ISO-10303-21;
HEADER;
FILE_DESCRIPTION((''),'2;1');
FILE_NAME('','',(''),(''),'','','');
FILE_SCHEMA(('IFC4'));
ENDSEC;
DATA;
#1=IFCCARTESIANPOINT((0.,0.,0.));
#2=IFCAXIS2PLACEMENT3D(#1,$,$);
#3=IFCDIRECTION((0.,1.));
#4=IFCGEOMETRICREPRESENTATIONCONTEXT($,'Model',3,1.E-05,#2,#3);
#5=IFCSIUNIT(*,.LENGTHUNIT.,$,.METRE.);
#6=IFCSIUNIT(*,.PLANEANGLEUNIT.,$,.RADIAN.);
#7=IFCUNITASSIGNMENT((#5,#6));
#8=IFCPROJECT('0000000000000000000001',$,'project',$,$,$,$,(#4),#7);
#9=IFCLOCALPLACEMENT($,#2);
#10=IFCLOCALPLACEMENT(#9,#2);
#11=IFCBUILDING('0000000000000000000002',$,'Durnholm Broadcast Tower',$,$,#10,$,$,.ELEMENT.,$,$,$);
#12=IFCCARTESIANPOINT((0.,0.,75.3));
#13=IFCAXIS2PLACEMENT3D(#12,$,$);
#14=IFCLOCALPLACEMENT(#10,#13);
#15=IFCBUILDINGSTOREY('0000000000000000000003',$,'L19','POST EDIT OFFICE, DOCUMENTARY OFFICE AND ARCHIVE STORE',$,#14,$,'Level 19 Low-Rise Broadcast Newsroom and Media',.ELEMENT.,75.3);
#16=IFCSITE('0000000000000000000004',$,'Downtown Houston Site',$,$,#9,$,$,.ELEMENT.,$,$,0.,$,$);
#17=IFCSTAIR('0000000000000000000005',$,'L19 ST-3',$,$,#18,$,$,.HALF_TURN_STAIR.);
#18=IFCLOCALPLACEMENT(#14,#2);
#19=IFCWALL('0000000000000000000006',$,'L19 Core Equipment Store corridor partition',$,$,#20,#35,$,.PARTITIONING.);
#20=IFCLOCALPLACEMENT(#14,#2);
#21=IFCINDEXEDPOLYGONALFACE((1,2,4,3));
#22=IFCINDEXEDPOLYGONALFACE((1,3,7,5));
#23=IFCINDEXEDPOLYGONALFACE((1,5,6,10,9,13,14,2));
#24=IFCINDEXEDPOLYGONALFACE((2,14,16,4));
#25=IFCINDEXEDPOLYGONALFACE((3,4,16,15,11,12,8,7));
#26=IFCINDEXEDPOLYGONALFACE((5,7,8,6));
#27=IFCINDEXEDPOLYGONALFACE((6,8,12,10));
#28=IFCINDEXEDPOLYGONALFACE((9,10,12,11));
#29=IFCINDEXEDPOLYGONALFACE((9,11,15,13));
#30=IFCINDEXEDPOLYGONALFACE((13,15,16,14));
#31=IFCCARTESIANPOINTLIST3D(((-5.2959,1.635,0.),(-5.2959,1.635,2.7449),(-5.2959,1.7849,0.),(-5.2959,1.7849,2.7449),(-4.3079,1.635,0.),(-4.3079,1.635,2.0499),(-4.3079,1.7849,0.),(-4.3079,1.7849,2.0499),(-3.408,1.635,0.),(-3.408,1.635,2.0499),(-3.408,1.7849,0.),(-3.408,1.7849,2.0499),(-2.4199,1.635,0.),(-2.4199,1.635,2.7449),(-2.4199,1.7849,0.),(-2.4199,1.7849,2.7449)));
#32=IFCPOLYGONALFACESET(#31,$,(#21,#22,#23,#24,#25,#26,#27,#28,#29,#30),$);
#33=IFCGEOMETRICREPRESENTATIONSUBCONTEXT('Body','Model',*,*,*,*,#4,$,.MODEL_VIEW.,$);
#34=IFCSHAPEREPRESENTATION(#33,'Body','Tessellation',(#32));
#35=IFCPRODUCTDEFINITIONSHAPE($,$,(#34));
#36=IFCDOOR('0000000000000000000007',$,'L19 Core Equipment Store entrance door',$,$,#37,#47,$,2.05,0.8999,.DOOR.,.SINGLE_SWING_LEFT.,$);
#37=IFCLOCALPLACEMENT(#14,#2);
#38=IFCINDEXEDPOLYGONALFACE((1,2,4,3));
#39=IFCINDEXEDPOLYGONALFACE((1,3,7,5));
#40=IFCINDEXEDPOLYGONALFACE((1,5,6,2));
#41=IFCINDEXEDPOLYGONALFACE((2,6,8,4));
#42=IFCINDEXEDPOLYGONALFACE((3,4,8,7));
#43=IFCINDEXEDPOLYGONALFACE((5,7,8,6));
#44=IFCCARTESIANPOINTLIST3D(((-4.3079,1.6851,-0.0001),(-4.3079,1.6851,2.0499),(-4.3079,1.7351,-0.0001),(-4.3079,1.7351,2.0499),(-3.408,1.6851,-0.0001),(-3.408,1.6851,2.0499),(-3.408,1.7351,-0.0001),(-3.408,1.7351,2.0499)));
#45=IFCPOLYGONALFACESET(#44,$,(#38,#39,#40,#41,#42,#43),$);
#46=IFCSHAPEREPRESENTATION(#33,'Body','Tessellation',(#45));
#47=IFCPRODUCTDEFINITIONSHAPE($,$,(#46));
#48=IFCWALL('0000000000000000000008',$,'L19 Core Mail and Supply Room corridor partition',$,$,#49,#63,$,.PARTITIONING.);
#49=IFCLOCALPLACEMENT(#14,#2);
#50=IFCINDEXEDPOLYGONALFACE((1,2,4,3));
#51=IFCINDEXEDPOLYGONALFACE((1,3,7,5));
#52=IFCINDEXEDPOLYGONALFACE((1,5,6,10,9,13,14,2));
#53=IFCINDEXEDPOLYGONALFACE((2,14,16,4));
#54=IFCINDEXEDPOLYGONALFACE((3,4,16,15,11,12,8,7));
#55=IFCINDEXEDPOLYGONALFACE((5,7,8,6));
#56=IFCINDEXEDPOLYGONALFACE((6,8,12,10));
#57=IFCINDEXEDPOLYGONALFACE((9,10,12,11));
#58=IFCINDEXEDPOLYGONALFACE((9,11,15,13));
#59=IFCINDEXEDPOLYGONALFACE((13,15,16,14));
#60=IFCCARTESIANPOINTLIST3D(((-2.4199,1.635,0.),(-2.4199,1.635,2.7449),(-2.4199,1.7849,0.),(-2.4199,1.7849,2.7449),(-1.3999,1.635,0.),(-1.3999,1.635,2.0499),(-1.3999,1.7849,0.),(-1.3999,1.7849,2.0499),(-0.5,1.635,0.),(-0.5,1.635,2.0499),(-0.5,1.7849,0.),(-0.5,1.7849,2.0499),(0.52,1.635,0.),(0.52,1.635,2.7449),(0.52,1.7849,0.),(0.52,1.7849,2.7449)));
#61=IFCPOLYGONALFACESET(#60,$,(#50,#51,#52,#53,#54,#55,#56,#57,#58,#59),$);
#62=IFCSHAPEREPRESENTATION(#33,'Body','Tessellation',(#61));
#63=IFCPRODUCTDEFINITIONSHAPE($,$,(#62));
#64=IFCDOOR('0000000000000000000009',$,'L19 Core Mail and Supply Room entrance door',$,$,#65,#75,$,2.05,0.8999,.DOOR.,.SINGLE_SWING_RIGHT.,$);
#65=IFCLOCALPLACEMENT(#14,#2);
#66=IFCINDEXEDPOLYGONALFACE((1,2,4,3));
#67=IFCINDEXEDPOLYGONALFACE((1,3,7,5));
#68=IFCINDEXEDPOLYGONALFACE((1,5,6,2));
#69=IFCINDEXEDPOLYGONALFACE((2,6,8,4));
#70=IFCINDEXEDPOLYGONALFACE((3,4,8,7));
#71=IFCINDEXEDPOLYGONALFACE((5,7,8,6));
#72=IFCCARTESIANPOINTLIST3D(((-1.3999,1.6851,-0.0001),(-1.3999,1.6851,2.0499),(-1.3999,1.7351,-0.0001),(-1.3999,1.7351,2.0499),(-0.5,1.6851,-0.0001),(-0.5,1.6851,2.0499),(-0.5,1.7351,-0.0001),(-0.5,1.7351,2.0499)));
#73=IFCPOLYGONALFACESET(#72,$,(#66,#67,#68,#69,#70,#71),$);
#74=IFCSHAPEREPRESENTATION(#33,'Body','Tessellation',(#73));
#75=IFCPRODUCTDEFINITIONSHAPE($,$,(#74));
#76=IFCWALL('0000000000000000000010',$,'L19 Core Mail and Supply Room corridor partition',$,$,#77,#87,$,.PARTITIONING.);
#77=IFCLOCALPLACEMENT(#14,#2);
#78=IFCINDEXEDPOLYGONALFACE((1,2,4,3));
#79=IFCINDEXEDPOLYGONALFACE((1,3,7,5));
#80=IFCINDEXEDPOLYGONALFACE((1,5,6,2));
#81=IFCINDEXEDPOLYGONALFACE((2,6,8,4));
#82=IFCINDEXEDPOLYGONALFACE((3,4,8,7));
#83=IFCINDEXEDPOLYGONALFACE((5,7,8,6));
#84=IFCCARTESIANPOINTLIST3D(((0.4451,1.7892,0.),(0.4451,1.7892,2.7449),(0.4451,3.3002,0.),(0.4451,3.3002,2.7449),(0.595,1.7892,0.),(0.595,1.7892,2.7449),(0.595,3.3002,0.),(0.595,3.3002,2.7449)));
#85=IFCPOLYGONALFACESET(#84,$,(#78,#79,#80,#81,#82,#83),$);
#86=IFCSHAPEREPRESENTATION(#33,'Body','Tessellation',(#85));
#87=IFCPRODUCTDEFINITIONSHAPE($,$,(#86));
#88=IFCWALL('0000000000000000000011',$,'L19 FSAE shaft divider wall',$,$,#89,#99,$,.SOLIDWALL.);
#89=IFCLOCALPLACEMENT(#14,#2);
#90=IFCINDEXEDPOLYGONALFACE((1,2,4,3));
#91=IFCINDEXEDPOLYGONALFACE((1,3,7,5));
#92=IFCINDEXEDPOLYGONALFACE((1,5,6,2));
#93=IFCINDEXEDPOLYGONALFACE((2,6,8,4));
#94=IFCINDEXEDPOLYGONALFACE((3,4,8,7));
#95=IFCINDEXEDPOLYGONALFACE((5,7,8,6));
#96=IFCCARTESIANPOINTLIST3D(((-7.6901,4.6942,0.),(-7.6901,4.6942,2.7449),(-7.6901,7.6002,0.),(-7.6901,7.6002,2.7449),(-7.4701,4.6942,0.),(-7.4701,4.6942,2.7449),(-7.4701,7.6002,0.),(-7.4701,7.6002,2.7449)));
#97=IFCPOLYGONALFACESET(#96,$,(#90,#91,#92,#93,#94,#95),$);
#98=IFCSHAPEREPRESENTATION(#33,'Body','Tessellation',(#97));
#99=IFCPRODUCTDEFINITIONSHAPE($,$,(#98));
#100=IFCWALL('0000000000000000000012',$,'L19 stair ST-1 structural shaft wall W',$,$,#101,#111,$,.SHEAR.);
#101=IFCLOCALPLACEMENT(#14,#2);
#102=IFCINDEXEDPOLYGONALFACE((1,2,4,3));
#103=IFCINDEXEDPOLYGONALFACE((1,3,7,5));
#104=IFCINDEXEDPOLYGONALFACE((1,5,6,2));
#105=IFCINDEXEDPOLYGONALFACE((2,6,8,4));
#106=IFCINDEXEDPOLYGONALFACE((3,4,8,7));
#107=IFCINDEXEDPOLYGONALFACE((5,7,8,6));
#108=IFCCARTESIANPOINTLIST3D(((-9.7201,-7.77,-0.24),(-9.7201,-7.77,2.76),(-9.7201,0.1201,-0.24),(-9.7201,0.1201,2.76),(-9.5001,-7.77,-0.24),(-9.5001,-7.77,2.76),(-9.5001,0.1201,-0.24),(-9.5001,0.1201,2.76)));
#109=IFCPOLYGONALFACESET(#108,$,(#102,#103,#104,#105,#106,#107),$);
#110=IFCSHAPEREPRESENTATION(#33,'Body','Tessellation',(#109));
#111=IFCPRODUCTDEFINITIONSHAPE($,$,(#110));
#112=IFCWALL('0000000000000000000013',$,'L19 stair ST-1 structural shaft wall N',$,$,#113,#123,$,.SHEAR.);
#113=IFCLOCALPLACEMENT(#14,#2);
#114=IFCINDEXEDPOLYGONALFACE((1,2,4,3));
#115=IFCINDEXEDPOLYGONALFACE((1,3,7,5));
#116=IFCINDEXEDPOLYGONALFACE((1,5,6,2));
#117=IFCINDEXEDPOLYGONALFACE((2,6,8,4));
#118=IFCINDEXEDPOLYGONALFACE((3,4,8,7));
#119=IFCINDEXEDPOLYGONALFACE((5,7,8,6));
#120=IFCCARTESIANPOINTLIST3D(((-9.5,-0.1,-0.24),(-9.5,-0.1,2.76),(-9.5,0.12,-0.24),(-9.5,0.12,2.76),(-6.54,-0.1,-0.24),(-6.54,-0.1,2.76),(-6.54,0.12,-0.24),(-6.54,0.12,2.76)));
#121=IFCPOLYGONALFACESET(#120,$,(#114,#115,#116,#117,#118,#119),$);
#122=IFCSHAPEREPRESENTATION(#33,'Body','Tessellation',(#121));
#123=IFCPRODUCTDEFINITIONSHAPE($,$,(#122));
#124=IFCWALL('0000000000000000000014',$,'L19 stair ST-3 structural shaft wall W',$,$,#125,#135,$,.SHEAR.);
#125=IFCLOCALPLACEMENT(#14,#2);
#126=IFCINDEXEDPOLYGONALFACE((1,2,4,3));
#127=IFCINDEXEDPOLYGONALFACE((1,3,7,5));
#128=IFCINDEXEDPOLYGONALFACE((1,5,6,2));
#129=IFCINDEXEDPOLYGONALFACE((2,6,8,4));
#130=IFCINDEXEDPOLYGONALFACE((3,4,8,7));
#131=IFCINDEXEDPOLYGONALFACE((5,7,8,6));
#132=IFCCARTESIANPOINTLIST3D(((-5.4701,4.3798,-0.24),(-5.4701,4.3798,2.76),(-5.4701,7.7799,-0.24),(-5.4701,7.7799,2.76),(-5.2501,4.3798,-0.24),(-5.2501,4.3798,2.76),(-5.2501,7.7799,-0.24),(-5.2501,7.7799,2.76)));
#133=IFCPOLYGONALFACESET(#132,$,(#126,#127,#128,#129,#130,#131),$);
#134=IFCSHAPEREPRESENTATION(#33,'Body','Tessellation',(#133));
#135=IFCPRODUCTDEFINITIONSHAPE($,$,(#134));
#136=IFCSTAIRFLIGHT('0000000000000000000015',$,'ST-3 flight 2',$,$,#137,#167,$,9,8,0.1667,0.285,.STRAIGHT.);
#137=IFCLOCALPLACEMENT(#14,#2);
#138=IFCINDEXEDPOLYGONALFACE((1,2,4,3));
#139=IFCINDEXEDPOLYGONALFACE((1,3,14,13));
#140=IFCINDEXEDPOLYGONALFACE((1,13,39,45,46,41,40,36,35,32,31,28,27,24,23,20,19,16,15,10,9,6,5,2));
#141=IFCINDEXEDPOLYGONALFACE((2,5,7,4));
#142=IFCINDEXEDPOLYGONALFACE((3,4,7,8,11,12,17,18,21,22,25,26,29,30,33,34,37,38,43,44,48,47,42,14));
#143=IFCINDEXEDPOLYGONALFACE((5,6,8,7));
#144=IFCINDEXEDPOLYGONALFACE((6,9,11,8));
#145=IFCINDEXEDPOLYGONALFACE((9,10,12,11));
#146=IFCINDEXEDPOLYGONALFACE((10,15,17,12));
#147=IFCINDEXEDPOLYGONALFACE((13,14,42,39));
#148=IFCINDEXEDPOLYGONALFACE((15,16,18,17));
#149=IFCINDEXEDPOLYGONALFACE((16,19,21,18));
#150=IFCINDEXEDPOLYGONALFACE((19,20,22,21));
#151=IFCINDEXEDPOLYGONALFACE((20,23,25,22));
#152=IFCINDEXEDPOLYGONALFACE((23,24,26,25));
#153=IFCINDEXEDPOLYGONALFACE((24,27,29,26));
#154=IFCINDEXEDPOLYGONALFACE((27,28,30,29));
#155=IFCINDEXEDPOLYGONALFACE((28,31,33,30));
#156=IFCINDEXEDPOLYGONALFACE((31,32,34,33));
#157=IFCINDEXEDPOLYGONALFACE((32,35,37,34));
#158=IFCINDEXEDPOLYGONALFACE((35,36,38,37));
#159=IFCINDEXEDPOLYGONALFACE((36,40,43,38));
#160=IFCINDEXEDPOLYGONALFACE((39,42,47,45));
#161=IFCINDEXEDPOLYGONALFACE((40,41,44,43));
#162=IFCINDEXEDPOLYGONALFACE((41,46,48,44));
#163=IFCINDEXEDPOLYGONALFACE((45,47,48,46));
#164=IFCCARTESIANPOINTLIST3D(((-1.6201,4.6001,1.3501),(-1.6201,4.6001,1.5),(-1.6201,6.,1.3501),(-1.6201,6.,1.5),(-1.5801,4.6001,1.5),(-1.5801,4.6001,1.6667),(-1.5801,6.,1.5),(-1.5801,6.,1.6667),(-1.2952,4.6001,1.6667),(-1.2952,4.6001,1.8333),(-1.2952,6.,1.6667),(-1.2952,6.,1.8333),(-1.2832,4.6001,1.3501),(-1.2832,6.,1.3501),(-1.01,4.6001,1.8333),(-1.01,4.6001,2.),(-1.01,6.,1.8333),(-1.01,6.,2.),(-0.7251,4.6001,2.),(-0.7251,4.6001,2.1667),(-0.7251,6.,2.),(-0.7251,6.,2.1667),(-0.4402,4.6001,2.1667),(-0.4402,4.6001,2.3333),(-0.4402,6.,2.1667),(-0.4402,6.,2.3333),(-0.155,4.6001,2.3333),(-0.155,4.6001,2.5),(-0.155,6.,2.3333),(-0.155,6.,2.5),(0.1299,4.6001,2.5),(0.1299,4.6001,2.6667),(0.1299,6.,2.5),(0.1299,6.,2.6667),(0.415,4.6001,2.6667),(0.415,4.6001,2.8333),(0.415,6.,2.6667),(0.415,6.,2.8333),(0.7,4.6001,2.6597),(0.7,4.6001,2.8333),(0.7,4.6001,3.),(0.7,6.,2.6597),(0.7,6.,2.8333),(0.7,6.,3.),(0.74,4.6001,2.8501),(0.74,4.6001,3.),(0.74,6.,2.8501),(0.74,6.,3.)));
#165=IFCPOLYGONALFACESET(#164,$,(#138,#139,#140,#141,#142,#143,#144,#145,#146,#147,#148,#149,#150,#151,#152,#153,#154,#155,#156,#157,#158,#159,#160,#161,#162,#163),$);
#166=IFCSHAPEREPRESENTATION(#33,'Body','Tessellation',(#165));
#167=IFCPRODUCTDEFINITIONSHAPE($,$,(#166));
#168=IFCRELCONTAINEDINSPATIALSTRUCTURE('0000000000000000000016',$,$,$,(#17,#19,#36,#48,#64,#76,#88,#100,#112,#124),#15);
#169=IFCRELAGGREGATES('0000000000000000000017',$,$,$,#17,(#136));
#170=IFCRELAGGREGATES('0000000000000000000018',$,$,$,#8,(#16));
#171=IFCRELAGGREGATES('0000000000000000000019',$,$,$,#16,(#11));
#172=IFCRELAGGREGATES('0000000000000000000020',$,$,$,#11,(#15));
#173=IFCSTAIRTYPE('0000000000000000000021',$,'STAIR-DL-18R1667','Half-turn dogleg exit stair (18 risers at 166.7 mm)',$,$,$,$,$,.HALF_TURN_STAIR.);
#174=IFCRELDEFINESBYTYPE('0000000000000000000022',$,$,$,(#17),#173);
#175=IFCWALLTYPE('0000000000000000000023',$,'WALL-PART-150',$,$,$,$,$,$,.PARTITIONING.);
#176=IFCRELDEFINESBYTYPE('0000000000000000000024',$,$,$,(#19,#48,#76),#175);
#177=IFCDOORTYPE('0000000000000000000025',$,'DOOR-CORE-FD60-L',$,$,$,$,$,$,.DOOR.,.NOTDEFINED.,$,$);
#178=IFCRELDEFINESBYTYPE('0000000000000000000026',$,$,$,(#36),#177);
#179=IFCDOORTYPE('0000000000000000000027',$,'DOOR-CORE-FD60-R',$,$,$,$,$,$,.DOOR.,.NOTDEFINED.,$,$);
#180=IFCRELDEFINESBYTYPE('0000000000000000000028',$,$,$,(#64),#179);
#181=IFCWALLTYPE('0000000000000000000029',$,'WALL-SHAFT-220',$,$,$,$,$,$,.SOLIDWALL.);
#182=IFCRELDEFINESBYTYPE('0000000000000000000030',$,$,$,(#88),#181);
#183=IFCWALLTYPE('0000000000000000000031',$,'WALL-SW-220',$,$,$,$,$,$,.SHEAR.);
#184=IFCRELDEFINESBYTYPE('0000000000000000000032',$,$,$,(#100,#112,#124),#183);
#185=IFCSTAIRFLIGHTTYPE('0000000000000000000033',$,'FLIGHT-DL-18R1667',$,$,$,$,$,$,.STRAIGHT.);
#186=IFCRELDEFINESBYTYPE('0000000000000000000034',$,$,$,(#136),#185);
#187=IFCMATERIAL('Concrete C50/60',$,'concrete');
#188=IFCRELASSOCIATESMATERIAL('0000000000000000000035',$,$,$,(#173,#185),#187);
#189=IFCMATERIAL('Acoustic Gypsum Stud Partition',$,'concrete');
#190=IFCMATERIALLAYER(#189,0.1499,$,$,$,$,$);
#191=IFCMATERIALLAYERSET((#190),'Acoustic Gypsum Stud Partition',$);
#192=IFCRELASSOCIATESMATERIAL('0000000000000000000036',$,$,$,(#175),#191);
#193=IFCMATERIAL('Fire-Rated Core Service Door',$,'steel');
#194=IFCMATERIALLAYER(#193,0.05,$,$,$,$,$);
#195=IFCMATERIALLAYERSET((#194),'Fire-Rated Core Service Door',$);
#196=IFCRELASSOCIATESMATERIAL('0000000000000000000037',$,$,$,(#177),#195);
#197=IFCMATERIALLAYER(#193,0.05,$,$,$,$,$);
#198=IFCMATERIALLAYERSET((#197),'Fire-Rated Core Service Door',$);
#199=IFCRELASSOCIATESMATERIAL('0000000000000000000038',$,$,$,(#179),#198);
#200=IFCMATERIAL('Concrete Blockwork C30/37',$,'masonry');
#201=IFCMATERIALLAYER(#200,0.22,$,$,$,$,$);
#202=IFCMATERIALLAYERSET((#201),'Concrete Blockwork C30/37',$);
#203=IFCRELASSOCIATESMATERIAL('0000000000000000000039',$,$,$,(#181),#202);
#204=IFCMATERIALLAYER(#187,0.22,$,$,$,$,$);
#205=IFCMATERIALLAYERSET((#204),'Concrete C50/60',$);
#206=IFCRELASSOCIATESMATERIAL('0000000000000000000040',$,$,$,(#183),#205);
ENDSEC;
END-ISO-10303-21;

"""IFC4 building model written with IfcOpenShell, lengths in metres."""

from ifc_helpers import new_model, si_unit, direction, frame, frame_2d, origin, place, context, subcontext, project, spatial, polyline, rectangle, outline, extrude, source, transform, mapped, material, layer, layer_set, type_object, type_shapes, element, fill, aggregate, save


model = new_model("IFC4")

# Units and contexts
model_context = context("Model", 3, precision=1e-05, world=origin(), true_north=direction((0.0, 1.0)))
body_context = subcontext(model_context, "Body", "Model", "MODEL_VIEW")
ifc_project = project(units=[si_unit("LENGTHUNIT", "METRE"), si_unit("PLANEANGLEUNIT", "RADIAN")], contexts=[model_context])

# Site, building, storey
site_placement = place(None, origin())
site = spatial("IfcSite", under=ifc_project, at=site_placement, Name="Downtown Houston Site", CompositionType="ELEMENT", RefElevation=0.0)
building_placement = place(site_placement, origin())
building = spatial("IfcBuilding", under=site, at=building_placement, Name="Durnholm Broadcast Tower", CompositionType="ELEMENT")
storey_placement = place(building_placement, frame((0.0, 0.0, 75.3)))
storey = spatial("IfcBuildingStorey", under=building, at=storey_placement, Name="L19", Description="POST EDIT OFFICE, DOCUMENTARY OFFICE AND ARCHIVE STORE", LongName="Level 19 Low-Rise Broadcast Newsroom and Media", CompositionType="ELEMENT", Elevation=75.3)

# Stair
ifc_material_1 = material(Name="Concrete C50/60", Category="concrete")
stair_type = type_object("IfcStairType", Name="STAIR-DL-18R1667", Description="Half-turn dogleg exit stair (18 risers at 166.7 mm)", PredefinedType="HALF_TURN_STAIR", material=ifc_material_1)
stair_1_placement = place(storey_placement, origin())
stair_1 = element("IfcStair", 1, at=stair_1_placement, inside=storey, type_object=stair_type, Name="L19 ST-3", PredefinedType="HALF_TURN_STAIR")

# Walls, openings, doors
ifc_material_2 = material(Name="Acoustic Gypsum Stud Partition", Category="concrete")
ifc_layer_1 = layer(ifc_material_2, 0.1499)
ifc_layer_set_1 = layer_set([ifc_layer_1], Name="Acoustic Gypsum Stud Partition")
wall_type_1 = type_object("IfcWallType", Name="WALL-PART-150", PredefinedType="PARTITIONING", material=ifc_layer_set_1)
wall_1_placement = place(storey_placement, frame((-2.4199, 1.71, 0.0), z_axis=(0.0, 0.0, 1.0), x_axis=(-1.0, 0.0, 0.0)))
wall_1 = element("IfcWall", 2, at=wall_1_placement, inside=storey, type_object=wall_type_1, Name="L19 Core Equipment Store corridor partition", PredefinedType="PARTITIONING", context=body_context, shape_type="SweptSolid", body=[
    extrude(rectangle(XDim=2.876, YDim=0.1499, at=frame_2d((1.438, 0.0))), origin(), (0.0, 0.0, 1.0), 2.7449),
])
opening_1_placement = place(wall_1_placement, frame((0.988, 0.0, 0.0)))
opening_1 = element("IfcOpeningElement", 3, at=opening_1_placement, cuts=wall_1, PredefinedType="OPENING", context=body_context, shape_type="SweptSolid", body=[
    extrude(rectangle(XDim=0.8999, YDim=2.05, at=frame_2d((0.45, 1.0249))), frame((0.0, 0.085, 0.0), z_axis=(0.0, -1.0, 0.0), x_axis=(1.0, 0.0, 0.0)), (0.0, 0.0, 1.0), 0.1699),
])
ifc_material_3 = material(Name="Fire-Rated Core Service Door", Category="steel")
ifc_layer_2 = layer(ifc_material_3, 0.05)
ifc_layer_set_2 = layer_set([ifc_layer_2], Name="Fire-Rated Core Service Door")
door_type_1 = type_object("IfcDoorType", Name="DOOR-CORE-FD60-L", OperationType="NOTDEFINED", PredefinedType="DOOR", material=ifc_layer_set_2)
shared_shape_1 = source(origin(), body_context, "Body", "SweptSolid", [
    extrude(rectangle(XDim=0.8999, YDim=2.05, at=frame_2d((0.45, 1.0249))), frame((0.0, 0.0249, 0.0), z_axis=(0.0, -1.0, 0.0), x_axis=(1.0, 0.0, 0.0)), (0.0, 0.0, 1.0), 0.05),
])
type_shapes(door_type_1, [shared_shape_1])
door_1_placement = place(opening_1_placement, origin())
door_1 = element("IfcDoor", 4, at=door_1_placement, inside=storey, type_object=door_type_1, Name="L19 Core Equipment Store entrance door", OperationType="SINGLE_SWING_LEFT", OverallHeight=2.05, OverallWidth=0.8999, PredefinedType="DOOR", context=body_context, shape_type="MappedRepresentation", body=[
    mapped(shared_shape_1, transform((0.0, 0.0, 0.0), x_axis=(1.0, 0.0, 0.0), y_axis=(0.0, 1.0, 0.0), z_axis=(0.0, 0.0, 1.0), scale=1.0)),
])
fill(opening_1, door_1)
wall_2_placement = place(storey_placement, frame((0.52, 1.71, 0.0), z_axis=(0.0, 0.0, 1.0), x_axis=(-1.0, 0.0, 0.0)))
wall_2 = element("IfcWall", 5, at=wall_2_placement, inside=storey, type_object=wall_type_1, Name="L19 Core Mail and Supply Room corridor partition", PredefinedType="PARTITIONING", context=body_context, shape_type="SweptSolid", body=[
    extrude(rectangle(XDim=2.9399, YDim=0.1499, at=frame_2d((1.47, 0.0))), origin(), (0.0, 0.0, 1.0), 2.7449),
])
opening_2_placement = place(wall_2_placement, frame((1.02, 0.0, 0.0)))
opening_2 = element("IfcOpeningElement", 6, at=opening_2_placement, cuts=wall_2, PredefinedType="OPENING", context=body_context, shape_type="SweptSolid", body=[
    extrude(rectangle(XDim=0.8999, YDim=2.05, at=frame_2d((0.45, 1.0249))), frame((0.0, 0.085, 0.0), z_axis=(0.0, -1.0, 0.0), x_axis=(1.0, 0.0, 0.0)), (0.0, 0.0, 1.0), 0.1699),
])
ifc_layer_3 = layer(ifc_material_3, 0.05)
ifc_layer_set_3 = layer_set([ifc_layer_3], Name="Fire-Rated Core Service Door")
door_type_2 = type_object("IfcDoorType", Name="DOOR-CORE-FD60-R", OperationType="NOTDEFINED", PredefinedType="DOOR", material=ifc_layer_set_3)
shared_shape_2 = source(origin(), body_context, "Body", "SweptSolid", [
    extrude(rectangle(XDim=0.8999, YDim=2.05, at=frame_2d((0.45, 1.0249))), frame((0.0, 0.0249, 0.0), z_axis=(0.0, -1.0, 0.0), x_axis=(1.0, 0.0, 0.0)), (0.0, 0.0, 1.0), 0.05),
])
type_shapes(door_type_2, [shared_shape_2])
door_2_placement = place(opening_2_placement, origin())
door_2 = element("IfcDoor", 7, at=door_2_placement, inside=storey, type_object=door_type_2, Name="L19 Core Mail and Supply Room entrance door", OperationType="SINGLE_SWING_RIGHT", OverallHeight=2.05, OverallWidth=0.8999, PredefinedType="DOOR", context=body_context, shape_type="MappedRepresentation", body=[
    mapped(shared_shape_2, transform((0.0, 0.0, 0.0), x_axis=(1.0, 0.0, 0.0), y_axis=(0.0, 1.0, 0.0), z_axis=(0.0, 0.0, 1.0), scale=1.0)),
])
fill(opening_2, door_2)

# Wall
wall_3_placement = place(storey_placement, frame((0.52, 3.3, 0.0), z_axis=(0.0, 0.0, 1.0), x_axis=(0.0, -1.0, 0.0)))
element("IfcWall", 8, at=wall_3_placement, inside=storey, type_object=wall_type_1, Name="L19 Core Mail and Supply Room corridor partition", PredefinedType="PARTITIONING", context=body_context, shape_type="SweptSolid", body=[
    extrude(rectangle(XDim=1.511, YDim=0.1499, at=frame_2d((0.7554, 0.0))), origin(), (0.0, 0.0, 1.0), 2.7449),
])

# Shared definitions
ifc_material_4 = material(Name="Concrete Blockwork C30/37", Category="masonry")
ifc_layer_4 = layer(ifc_material_4, 0.22)
ifc_layer_set_4 = layer_set([ifc_layer_4], Name="Concrete Blockwork C30/37")
wall_type_2 = type_object("IfcWallType", Name="WALL-SHAFT-220", PredefinedType="SOLIDWALL", material=ifc_layer_set_4)

# Walls
wall_4_placement = place(storey_placement, frame((-7.5801, 4.6941, 0.0), z_axis=(0.0, 0.0, 1.0), x_axis=(0.0, 1.0, 0.0)))
element("IfcWall", 9, at=wall_4_placement, inside=storey, type_object=wall_type_2, Name="L19 FSAE shaft divider wall", PredefinedType="SOLIDWALL", context=body_context, shape_type="SweptSolid", body=[
    extrude(rectangle(XDim=2.906, YDim=0.22, at=frame_2d((1.4531, 0.0))), origin(), (0.0, 0.0, 1.0), 2.7449),
])
ifc_layer_5 = layer(ifc_material_1, 0.22)
ifc_layer_set_5 = layer_set([ifc_layer_5], Name="Concrete C50/60")
wall_type_3 = type_object("IfcWallType", Name="WALL-SW-220", PredefinedType="SHEAR", material=ifc_layer_set_5)
wall_5_placement = place(storey_placement, frame((-9.6101, 0.1201, -0.24), z_axis=(0.0, 0.0, 1.0), x_axis=(0.0, -1.0, 0.0)))
element("IfcWall", 10, at=wall_5_placement, inside=storey, type_object=wall_type_3, Name="L19 stair ST-1 structural shaft wall W", PredefinedType="SHEAR", context=body_context, shape_type="SweptSolid", body=[
    extrude(rectangle(XDim=7.8901, YDim=0.22, at=frame_2d((3.9451, 0.0))), origin(), (0.0, 0.0, 1.0), 3.0),
])
wall_6_placement = place(storey_placement, frame((-6.54, 0.01, -0.24), z_axis=(0.0, 0.0, 1.0), x_axis=(-1.0, 0.0, 0.0)))
element("IfcWall", 11, at=wall_6_placement, inside=storey, type_object=wall_type_3, Name="L19 stair ST-1 structural shaft wall N", PredefinedType="SHEAR", context=body_context, shape_type="SweptSolid", body=[
    extrude(rectangle(XDim=2.96, YDim=0.22, at=frame_2d((1.48, 0.0))), origin(), (0.0, 0.0, 1.0), 3.0),
])
wall_7_placement = place(storey_placement, frame((-5.3601, 7.78, -0.24), z_axis=(0.0, 0.0, 1.0), x_axis=(0.0, -1.0, 0.0)))
element("IfcWall", 12, at=wall_7_placement, inside=storey, type_object=wall_type_3, Name="L19 stair ST-3 structural shaft wall W", PredefinedType="SHEAR", context=body_context, shape_type="SweptSolid", body=[
    extrude(rectangle(XDim=3.4001, YDim=0.22, at=frame_2d((1.7002, 0.0))), origin(), (0.0, 0.0, 1.0), 3.0),
])

# Stair flight
stair_flight_type = type_object("IfcStairFlightType", Name="FLIGHT-DL-18R1667", PredefinedType="STRAIGHT", material=ifc_material_1)
stair_flight_placement = place(storey_placement, frame((-1.5801, 5.3, 1.5), z_axis=(0.0, 0.0, 1.0), x_axis=(1.0, 0.0, 0.0)))
stair_flight = element("IfcStairFlight", 13, at=stair_flight_placement, type_object=stair_flight_type, Name="ST-3 flight 2", NumberOfRisers=9, NumberOfTreads=8, PredefinedType="STRAIGHT", RiserHeight=0.1667, TreadLength=0.285, context=body_context, shape_type="SweptSolid", body=[
    extrude(outline(polyline([(-0.04, -0.1499), (-0.04, 0.0), (0.0, 0.0), (0.0, 0.1667), (0.2849, 0.1667), (0.2849, 0.3333), (0.5701, 0.3333), (0.5701, 0.5), (0.855, 0.5), (0.855, 0.6667), (1.1399, 0.6667), (1.1399, 0.8333), (1.425, 0.8333), (1.425, 1.0), (1.71, 1.0), (1.71, 1.1667), (1.9951, 1.1667), (1.9951, 1.3333), (2.28, 1.3333), (2.28, 1.5), (2.3201, 1.5), (2.3201, 1.3501), (2.28, 1.1597), (0.2969, -0.1499), (-0.04, -0.1499)])), frame((0.0, 0.7, 0.0), z_axis=(0.0, -1.0, 0.0), x_axis=(1.0, 0.0, 0.0)), (0.0, 0.0, 1.0), 1.3999),
])
aggregate(stair_1, [stair_flight])

save(model, "model.ifc")
